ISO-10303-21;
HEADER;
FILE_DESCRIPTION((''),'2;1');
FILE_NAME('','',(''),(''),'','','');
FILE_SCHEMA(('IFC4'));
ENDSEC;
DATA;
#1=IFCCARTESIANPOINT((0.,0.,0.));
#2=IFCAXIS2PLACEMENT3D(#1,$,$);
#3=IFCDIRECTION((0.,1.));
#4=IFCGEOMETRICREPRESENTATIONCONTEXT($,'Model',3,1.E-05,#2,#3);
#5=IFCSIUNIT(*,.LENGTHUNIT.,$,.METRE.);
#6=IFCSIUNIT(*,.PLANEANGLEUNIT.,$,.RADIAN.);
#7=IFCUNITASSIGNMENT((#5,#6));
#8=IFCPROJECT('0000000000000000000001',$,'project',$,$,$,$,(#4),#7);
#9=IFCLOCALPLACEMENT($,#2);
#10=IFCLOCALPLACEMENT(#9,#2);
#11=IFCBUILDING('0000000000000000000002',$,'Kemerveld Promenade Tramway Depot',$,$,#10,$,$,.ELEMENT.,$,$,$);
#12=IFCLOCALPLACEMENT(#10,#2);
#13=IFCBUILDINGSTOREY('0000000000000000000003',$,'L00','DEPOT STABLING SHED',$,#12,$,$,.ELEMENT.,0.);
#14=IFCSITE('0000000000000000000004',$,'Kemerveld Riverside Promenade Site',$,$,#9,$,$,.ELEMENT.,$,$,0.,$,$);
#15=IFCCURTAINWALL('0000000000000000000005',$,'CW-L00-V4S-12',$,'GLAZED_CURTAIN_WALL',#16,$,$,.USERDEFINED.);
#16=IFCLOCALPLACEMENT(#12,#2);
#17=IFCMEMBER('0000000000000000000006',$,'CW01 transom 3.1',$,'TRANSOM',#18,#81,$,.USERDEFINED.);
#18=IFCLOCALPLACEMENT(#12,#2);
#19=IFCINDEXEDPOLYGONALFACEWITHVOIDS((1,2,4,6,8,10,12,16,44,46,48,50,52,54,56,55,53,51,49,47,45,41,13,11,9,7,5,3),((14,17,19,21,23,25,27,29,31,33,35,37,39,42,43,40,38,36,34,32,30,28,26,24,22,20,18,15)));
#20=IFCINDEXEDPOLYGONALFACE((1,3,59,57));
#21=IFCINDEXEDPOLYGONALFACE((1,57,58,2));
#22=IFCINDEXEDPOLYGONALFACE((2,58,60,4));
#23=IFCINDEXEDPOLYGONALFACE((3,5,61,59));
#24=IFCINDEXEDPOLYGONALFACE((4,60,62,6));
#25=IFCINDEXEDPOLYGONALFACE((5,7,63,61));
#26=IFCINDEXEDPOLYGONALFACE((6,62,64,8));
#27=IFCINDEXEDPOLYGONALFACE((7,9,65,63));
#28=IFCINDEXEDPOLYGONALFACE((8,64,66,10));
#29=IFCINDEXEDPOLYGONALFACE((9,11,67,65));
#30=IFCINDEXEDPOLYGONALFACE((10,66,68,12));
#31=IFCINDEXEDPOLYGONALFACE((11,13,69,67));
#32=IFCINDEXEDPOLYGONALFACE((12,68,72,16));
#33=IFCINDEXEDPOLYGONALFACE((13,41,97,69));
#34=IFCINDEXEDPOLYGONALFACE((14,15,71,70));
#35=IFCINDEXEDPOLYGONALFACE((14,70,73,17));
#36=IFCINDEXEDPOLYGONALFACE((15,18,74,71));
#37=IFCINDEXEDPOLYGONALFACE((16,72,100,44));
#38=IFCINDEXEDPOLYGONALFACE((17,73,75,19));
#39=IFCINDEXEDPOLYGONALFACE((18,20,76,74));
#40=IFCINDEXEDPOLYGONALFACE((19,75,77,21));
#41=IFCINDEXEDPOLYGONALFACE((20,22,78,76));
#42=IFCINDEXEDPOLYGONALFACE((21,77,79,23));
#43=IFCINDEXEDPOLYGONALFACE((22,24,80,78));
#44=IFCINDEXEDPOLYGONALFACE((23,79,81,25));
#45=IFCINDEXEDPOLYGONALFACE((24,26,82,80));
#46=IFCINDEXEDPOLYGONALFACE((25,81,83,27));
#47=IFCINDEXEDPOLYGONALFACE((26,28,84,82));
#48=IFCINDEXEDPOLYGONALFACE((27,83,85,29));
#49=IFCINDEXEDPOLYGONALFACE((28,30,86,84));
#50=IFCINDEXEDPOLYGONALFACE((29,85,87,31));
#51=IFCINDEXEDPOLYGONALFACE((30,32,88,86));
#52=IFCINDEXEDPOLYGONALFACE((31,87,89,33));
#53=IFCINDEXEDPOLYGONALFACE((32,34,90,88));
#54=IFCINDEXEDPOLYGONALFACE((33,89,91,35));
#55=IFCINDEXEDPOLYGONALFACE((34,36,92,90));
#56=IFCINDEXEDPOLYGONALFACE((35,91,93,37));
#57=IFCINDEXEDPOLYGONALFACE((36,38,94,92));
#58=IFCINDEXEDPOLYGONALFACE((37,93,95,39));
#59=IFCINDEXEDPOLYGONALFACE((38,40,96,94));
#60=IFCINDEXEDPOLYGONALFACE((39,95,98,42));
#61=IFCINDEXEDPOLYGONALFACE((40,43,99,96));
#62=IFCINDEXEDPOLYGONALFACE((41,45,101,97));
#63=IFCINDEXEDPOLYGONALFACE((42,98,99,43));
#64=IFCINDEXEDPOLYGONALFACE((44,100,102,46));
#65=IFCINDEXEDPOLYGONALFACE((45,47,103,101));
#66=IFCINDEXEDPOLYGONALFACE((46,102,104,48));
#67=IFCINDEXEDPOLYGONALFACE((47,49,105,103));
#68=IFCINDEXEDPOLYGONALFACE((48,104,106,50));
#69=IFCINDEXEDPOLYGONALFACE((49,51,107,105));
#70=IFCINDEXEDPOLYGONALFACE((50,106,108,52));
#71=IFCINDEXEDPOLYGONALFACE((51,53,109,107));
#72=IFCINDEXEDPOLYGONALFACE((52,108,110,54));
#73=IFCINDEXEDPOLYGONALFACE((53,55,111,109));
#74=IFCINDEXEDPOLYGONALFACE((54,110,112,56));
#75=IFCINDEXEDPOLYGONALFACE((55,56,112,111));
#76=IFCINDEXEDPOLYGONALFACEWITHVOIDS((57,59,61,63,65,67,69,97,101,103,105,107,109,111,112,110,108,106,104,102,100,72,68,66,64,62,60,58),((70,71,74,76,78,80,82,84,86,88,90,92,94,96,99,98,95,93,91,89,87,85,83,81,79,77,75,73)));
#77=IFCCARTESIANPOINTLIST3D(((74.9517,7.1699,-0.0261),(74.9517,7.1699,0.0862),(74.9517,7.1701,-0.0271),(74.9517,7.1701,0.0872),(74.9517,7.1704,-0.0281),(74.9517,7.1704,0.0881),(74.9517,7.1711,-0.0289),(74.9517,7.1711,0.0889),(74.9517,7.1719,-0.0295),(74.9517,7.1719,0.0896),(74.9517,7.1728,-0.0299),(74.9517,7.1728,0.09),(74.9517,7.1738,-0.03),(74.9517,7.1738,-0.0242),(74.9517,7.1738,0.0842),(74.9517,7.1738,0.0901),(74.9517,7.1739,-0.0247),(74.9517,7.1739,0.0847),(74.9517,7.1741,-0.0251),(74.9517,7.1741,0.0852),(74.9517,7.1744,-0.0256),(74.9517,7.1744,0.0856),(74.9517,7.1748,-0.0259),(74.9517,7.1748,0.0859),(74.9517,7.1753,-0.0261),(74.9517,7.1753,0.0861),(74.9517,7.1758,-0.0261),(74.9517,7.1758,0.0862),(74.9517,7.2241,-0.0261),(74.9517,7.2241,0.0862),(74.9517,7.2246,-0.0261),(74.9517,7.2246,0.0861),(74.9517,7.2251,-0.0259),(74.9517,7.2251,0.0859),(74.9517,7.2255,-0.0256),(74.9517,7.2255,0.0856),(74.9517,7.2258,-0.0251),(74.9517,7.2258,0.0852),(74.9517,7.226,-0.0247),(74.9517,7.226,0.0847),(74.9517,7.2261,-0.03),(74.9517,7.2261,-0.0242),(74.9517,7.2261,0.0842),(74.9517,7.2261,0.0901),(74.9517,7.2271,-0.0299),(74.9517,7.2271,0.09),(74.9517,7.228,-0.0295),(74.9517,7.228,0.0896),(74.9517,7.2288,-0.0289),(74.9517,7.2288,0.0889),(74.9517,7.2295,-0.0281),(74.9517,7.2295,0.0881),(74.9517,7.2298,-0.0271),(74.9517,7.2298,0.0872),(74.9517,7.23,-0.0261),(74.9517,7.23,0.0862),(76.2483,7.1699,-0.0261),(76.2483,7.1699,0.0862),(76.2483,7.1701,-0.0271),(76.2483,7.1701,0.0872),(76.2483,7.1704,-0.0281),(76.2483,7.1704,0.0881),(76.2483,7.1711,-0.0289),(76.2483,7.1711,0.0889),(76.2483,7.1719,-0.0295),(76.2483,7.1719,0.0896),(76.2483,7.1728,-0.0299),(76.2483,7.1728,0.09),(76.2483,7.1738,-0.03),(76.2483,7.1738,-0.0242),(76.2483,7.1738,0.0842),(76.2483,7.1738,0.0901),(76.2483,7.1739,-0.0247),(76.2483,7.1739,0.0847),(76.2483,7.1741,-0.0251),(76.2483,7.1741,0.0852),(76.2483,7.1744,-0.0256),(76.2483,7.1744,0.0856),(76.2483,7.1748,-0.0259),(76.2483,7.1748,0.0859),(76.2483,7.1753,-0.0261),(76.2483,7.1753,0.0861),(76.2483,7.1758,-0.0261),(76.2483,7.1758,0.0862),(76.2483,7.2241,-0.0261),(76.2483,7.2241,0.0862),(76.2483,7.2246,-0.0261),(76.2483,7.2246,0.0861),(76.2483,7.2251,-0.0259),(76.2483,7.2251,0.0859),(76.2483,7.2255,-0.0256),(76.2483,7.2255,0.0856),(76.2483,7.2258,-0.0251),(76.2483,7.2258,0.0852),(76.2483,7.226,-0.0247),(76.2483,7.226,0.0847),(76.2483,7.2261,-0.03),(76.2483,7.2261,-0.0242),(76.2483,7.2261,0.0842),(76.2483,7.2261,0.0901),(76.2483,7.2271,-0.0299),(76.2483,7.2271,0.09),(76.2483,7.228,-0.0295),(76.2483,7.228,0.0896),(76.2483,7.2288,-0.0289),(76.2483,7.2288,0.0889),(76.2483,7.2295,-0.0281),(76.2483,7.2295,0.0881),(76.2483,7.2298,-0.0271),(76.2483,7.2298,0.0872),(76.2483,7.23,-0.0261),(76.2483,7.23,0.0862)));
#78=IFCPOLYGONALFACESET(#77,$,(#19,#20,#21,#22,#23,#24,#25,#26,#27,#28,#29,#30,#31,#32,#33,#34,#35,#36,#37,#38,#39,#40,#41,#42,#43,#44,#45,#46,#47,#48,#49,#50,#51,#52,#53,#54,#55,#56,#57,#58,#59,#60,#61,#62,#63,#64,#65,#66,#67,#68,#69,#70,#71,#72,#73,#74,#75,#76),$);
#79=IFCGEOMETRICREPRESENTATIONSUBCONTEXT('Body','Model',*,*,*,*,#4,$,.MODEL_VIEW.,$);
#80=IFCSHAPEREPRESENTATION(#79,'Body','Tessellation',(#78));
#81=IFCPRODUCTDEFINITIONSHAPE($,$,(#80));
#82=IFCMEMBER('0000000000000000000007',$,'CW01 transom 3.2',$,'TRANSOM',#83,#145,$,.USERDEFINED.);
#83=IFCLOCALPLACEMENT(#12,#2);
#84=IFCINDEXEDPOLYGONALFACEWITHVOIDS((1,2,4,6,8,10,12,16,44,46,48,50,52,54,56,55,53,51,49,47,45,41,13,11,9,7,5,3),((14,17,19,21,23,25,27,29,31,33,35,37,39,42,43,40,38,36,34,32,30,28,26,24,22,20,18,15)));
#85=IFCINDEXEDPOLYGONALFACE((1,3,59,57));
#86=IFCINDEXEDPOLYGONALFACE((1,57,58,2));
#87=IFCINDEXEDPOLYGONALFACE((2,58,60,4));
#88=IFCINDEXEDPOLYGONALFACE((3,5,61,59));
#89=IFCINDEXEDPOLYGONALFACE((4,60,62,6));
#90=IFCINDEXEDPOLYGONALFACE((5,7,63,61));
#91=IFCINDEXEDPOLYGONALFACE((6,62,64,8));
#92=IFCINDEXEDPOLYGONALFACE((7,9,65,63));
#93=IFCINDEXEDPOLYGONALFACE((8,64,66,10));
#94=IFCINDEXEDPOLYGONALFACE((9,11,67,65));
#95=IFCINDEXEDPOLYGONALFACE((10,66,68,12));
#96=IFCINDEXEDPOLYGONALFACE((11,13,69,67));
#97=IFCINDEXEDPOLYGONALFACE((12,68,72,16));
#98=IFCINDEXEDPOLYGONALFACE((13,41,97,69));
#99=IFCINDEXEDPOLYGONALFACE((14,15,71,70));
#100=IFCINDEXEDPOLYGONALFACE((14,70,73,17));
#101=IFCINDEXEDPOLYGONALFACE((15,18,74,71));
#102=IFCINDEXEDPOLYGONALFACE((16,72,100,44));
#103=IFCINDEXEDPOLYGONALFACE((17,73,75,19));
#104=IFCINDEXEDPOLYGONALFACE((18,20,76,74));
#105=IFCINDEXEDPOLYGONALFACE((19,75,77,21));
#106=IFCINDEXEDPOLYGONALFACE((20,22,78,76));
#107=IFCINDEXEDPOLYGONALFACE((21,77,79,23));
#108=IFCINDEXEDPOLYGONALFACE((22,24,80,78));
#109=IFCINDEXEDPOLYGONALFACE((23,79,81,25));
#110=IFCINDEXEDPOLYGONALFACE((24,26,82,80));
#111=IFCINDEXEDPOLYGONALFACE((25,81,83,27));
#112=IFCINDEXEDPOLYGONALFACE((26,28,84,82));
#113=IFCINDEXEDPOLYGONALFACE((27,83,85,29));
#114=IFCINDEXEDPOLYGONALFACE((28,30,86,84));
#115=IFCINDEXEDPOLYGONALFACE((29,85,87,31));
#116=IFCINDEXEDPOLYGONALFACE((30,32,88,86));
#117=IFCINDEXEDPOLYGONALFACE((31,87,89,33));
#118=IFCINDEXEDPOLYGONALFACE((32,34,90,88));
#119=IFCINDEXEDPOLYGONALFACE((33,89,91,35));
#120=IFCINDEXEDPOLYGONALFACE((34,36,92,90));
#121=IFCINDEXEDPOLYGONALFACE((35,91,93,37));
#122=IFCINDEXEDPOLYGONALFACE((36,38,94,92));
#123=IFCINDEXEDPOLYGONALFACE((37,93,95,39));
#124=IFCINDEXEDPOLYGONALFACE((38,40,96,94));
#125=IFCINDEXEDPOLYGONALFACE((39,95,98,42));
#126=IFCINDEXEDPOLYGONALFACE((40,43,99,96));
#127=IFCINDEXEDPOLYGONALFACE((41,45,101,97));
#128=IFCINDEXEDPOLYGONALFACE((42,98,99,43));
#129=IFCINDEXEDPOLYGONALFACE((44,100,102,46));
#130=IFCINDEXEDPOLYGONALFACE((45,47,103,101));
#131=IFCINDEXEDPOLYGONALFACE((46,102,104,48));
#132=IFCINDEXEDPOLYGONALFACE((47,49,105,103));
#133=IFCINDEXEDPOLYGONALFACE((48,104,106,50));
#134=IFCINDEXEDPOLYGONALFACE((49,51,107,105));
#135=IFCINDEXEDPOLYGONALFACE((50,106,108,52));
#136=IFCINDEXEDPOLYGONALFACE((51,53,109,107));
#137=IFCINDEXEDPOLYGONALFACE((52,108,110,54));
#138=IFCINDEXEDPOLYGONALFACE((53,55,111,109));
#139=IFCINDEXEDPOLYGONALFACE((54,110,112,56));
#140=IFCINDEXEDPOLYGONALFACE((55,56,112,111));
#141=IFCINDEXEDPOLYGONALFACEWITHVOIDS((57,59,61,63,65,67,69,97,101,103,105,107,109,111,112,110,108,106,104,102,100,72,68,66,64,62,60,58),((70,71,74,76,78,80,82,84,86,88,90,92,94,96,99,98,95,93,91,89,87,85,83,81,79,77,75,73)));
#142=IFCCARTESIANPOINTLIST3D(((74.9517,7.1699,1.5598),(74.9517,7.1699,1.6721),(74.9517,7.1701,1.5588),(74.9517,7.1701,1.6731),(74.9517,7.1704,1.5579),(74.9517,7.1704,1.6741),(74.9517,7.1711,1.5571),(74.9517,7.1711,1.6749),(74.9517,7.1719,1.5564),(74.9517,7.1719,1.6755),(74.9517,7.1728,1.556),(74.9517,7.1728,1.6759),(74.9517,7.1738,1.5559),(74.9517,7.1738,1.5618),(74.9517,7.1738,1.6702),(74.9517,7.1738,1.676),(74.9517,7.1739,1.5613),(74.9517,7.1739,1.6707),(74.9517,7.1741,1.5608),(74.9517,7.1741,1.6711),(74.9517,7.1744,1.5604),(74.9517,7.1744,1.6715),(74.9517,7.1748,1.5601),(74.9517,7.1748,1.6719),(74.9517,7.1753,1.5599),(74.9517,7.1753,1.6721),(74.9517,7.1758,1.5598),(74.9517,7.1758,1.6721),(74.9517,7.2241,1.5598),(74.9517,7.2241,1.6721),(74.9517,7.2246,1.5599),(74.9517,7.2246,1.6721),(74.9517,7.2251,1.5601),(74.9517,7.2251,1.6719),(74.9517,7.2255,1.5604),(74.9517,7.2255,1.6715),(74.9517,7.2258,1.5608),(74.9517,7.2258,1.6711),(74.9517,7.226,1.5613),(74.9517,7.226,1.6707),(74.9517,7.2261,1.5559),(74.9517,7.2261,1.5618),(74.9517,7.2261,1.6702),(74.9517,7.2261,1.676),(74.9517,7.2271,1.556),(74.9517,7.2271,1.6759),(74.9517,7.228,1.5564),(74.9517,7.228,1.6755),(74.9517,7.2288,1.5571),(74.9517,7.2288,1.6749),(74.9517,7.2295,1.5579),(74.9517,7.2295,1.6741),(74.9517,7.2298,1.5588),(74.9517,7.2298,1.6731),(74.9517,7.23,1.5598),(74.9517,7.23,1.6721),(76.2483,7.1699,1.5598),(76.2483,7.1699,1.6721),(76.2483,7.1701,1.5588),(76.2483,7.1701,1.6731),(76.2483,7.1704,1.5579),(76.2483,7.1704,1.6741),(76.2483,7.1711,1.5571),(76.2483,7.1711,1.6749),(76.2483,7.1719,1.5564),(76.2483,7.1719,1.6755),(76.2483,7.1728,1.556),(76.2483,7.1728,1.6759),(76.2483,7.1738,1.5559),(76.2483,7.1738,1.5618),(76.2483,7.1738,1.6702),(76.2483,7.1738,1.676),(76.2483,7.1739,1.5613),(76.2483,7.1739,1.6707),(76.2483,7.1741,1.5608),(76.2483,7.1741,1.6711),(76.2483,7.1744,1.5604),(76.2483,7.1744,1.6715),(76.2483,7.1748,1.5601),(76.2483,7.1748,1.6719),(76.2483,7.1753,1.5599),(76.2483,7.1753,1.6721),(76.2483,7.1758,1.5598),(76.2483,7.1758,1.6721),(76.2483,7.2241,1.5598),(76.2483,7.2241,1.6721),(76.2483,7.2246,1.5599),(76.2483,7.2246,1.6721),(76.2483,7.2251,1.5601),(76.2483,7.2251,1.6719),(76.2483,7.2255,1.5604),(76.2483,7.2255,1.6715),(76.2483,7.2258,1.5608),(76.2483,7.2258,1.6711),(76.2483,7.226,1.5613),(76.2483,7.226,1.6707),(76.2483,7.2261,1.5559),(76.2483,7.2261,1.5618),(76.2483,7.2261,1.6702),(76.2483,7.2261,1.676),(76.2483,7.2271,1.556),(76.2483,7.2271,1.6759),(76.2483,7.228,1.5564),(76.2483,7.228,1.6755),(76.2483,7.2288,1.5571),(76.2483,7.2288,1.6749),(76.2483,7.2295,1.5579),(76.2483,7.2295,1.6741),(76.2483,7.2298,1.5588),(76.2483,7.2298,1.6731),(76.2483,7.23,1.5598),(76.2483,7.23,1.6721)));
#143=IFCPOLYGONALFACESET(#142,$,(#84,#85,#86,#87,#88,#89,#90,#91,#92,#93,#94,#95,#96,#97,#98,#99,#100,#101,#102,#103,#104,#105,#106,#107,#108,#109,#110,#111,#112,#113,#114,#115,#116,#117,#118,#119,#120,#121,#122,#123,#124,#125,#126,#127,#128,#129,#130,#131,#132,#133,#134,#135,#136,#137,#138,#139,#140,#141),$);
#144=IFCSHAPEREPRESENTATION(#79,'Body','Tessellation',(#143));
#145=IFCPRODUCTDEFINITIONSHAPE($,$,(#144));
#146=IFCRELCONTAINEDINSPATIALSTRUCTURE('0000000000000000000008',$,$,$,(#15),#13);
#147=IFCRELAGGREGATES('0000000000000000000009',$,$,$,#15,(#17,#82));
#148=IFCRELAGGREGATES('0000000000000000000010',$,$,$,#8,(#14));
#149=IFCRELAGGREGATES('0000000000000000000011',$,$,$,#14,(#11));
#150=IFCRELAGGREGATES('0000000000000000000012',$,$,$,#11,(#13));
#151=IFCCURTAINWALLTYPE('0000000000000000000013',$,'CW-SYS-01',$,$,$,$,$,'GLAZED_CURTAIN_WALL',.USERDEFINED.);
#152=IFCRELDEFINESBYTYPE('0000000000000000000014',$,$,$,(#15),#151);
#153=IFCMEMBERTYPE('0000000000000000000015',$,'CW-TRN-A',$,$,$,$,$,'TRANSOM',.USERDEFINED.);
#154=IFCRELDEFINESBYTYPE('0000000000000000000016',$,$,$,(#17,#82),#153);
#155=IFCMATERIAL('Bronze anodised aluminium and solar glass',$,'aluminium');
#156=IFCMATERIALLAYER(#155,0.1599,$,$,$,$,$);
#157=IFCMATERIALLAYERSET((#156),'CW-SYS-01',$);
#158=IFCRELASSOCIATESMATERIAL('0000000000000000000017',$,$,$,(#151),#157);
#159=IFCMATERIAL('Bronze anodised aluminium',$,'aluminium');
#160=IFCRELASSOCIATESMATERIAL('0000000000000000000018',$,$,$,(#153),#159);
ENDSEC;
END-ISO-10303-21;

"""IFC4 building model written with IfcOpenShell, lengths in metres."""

from ifc_helpers import new_model, si_unit, direction, frame, origin, origin_2d, place, context, subcontext, project, spatial, hollow_rectangle, extrude, material, layer, layer_set, material_profile, profile_set, type_object, element, aggregate, save


model = new_model("IFC4")

# Units and contexts
model_context = context("Model", 3, precision=1e-05, world=origin(), true_north=direction((0.0, 1.0)))
body_context = subcontext(model_context, "Body", "Model", "MODEL_VIEW")
ifc_project = project(units=[si_unit("LENGTHUNIT", "METRE"), si_unit("PLANEANGLEUNIT", "RADIAN")], contexts=[model_context])

# Site, building, storey
site_placement = place(None, origin())
site = spatial("IfcSite", under=ifc_project, at=site_placement, Name="Kemerveld Riverside Promenade Site", CompositionType="ELEMENT", RefElevation=0.0)
building_placement = place(site_placement, origin())
building = spatial("IfcBuilding", under=site, at=building_placement, Name="Kemerveld Promenade Tramway Depot", CompositionType="ELEMENT")
storey_placement = place(building_placement, origin())
storey = spatial("IfcBuildingStorey", under=building, at=storey_placement, Name="L00", Description="DEPOT STABLING SHED", CompositionType="ELEMENT", Elevation=0.0)

# Curtain wall, members
ifc_material_1 = material(Name="Bronze anodised aluminium and solar glass", Category="aluminium")
ifc_layer_1 = layer(ifc_material_1, 0.1599)
ifc_layer_set_1 = layer_set([ifc_layer_1], Name="CW-SYS-01")
curtain_wall_type = type_object("IfcCurtainWallType", Name="CW-SYS-01", ElementType="GLAZED_CURTAIN_WALL", PredefinedType="USERDEFINED", material=ifc_layer_set_1)
curtain_wall_placement = place(storey_placement, origin())
curtain_wall = element("IfcCurtainWall", 1, at=curtain_wall_placement, inside=storey, type_object=curtain_wall_type, Name="CW-L00-V4S-12", ObjectType="GLAZED_CURTAIN_WALL", PredefinedType="USERDEFINED")
ifc_material_2 = material(Name="Bronze anodised aluminium", Category="aluminium")
ifc_material_profile_1 = material_profile(ifc_material_2, hollow_rectangle(XDim=0.0601, YDim=0.1201, WallThickness=0.0039, InnerFilletRadius=0.002, OuterFilletRadius=0.0039, at=origin_2d()), Name="CW-TRN-120x60")
ifc_profile_set_1 = profile_set([ifc_material_profile_1], Name="Bronze anodised aluminium")
member_type_1 = type_object("IfcMemberType", Name="CW-TRN-A", ElementType="TRANSOM", PredefinedType="USERDEFINED", material=ifc_profile_set_1)
member_1_placement = place(storey_placement, frame((76.2483, 7.2, 0.03), z_axis=(-1.0, 0.0, 0.0), x_axis=(0.0, -1.0, 0.0)))
member_1 = element("IfcMember", 2, at=member_1_placement, type_object=member_type_1, Name="CW01 transom 3.1", ObjectType="TRANSOM", PredefinedType="USERDEFINED", context=body_context, shape_type="SweptSolid", body=[
    extrude(hollow_rectangle(XDim=0.0601, YDim=0.1201, WallThickness=0.0039, InnerFilletRadius=0.002, OuterFilletRadius=0.0039, at=origin_2d()), origin(), (0.0, 0.0, 1.0), 1.2966),
])
member_2_placement = place(storey_placement, frame((76.2483, 7.2, 1.616), z_axis=(-1.0, 0.0, 0.0), x_axis=(0.0, -1.0, 0.0)))
member_2 = element("IfcMember", 3, at=member_2_placement, type_object=member_type_1, Name="CW01 transom 3.2", ObjectType="TRANSOM", PredefinedType="USERDEFINED", context=body_context, shape_type="SweptSolid", body=[
    extrude(hollow_rectangle(XDim=0.0601, YDim=0.1201, WallThickness=0.0039, InnerFilletRadius=0.002, OuterFilletRadius=0.0039, at=origin_2d()), origin(), (0.0, 0.0, 1.0), 1.2966),
])
aggregate(curtain_wall, [member_1, member_2])

save(model, "model.ifc")
